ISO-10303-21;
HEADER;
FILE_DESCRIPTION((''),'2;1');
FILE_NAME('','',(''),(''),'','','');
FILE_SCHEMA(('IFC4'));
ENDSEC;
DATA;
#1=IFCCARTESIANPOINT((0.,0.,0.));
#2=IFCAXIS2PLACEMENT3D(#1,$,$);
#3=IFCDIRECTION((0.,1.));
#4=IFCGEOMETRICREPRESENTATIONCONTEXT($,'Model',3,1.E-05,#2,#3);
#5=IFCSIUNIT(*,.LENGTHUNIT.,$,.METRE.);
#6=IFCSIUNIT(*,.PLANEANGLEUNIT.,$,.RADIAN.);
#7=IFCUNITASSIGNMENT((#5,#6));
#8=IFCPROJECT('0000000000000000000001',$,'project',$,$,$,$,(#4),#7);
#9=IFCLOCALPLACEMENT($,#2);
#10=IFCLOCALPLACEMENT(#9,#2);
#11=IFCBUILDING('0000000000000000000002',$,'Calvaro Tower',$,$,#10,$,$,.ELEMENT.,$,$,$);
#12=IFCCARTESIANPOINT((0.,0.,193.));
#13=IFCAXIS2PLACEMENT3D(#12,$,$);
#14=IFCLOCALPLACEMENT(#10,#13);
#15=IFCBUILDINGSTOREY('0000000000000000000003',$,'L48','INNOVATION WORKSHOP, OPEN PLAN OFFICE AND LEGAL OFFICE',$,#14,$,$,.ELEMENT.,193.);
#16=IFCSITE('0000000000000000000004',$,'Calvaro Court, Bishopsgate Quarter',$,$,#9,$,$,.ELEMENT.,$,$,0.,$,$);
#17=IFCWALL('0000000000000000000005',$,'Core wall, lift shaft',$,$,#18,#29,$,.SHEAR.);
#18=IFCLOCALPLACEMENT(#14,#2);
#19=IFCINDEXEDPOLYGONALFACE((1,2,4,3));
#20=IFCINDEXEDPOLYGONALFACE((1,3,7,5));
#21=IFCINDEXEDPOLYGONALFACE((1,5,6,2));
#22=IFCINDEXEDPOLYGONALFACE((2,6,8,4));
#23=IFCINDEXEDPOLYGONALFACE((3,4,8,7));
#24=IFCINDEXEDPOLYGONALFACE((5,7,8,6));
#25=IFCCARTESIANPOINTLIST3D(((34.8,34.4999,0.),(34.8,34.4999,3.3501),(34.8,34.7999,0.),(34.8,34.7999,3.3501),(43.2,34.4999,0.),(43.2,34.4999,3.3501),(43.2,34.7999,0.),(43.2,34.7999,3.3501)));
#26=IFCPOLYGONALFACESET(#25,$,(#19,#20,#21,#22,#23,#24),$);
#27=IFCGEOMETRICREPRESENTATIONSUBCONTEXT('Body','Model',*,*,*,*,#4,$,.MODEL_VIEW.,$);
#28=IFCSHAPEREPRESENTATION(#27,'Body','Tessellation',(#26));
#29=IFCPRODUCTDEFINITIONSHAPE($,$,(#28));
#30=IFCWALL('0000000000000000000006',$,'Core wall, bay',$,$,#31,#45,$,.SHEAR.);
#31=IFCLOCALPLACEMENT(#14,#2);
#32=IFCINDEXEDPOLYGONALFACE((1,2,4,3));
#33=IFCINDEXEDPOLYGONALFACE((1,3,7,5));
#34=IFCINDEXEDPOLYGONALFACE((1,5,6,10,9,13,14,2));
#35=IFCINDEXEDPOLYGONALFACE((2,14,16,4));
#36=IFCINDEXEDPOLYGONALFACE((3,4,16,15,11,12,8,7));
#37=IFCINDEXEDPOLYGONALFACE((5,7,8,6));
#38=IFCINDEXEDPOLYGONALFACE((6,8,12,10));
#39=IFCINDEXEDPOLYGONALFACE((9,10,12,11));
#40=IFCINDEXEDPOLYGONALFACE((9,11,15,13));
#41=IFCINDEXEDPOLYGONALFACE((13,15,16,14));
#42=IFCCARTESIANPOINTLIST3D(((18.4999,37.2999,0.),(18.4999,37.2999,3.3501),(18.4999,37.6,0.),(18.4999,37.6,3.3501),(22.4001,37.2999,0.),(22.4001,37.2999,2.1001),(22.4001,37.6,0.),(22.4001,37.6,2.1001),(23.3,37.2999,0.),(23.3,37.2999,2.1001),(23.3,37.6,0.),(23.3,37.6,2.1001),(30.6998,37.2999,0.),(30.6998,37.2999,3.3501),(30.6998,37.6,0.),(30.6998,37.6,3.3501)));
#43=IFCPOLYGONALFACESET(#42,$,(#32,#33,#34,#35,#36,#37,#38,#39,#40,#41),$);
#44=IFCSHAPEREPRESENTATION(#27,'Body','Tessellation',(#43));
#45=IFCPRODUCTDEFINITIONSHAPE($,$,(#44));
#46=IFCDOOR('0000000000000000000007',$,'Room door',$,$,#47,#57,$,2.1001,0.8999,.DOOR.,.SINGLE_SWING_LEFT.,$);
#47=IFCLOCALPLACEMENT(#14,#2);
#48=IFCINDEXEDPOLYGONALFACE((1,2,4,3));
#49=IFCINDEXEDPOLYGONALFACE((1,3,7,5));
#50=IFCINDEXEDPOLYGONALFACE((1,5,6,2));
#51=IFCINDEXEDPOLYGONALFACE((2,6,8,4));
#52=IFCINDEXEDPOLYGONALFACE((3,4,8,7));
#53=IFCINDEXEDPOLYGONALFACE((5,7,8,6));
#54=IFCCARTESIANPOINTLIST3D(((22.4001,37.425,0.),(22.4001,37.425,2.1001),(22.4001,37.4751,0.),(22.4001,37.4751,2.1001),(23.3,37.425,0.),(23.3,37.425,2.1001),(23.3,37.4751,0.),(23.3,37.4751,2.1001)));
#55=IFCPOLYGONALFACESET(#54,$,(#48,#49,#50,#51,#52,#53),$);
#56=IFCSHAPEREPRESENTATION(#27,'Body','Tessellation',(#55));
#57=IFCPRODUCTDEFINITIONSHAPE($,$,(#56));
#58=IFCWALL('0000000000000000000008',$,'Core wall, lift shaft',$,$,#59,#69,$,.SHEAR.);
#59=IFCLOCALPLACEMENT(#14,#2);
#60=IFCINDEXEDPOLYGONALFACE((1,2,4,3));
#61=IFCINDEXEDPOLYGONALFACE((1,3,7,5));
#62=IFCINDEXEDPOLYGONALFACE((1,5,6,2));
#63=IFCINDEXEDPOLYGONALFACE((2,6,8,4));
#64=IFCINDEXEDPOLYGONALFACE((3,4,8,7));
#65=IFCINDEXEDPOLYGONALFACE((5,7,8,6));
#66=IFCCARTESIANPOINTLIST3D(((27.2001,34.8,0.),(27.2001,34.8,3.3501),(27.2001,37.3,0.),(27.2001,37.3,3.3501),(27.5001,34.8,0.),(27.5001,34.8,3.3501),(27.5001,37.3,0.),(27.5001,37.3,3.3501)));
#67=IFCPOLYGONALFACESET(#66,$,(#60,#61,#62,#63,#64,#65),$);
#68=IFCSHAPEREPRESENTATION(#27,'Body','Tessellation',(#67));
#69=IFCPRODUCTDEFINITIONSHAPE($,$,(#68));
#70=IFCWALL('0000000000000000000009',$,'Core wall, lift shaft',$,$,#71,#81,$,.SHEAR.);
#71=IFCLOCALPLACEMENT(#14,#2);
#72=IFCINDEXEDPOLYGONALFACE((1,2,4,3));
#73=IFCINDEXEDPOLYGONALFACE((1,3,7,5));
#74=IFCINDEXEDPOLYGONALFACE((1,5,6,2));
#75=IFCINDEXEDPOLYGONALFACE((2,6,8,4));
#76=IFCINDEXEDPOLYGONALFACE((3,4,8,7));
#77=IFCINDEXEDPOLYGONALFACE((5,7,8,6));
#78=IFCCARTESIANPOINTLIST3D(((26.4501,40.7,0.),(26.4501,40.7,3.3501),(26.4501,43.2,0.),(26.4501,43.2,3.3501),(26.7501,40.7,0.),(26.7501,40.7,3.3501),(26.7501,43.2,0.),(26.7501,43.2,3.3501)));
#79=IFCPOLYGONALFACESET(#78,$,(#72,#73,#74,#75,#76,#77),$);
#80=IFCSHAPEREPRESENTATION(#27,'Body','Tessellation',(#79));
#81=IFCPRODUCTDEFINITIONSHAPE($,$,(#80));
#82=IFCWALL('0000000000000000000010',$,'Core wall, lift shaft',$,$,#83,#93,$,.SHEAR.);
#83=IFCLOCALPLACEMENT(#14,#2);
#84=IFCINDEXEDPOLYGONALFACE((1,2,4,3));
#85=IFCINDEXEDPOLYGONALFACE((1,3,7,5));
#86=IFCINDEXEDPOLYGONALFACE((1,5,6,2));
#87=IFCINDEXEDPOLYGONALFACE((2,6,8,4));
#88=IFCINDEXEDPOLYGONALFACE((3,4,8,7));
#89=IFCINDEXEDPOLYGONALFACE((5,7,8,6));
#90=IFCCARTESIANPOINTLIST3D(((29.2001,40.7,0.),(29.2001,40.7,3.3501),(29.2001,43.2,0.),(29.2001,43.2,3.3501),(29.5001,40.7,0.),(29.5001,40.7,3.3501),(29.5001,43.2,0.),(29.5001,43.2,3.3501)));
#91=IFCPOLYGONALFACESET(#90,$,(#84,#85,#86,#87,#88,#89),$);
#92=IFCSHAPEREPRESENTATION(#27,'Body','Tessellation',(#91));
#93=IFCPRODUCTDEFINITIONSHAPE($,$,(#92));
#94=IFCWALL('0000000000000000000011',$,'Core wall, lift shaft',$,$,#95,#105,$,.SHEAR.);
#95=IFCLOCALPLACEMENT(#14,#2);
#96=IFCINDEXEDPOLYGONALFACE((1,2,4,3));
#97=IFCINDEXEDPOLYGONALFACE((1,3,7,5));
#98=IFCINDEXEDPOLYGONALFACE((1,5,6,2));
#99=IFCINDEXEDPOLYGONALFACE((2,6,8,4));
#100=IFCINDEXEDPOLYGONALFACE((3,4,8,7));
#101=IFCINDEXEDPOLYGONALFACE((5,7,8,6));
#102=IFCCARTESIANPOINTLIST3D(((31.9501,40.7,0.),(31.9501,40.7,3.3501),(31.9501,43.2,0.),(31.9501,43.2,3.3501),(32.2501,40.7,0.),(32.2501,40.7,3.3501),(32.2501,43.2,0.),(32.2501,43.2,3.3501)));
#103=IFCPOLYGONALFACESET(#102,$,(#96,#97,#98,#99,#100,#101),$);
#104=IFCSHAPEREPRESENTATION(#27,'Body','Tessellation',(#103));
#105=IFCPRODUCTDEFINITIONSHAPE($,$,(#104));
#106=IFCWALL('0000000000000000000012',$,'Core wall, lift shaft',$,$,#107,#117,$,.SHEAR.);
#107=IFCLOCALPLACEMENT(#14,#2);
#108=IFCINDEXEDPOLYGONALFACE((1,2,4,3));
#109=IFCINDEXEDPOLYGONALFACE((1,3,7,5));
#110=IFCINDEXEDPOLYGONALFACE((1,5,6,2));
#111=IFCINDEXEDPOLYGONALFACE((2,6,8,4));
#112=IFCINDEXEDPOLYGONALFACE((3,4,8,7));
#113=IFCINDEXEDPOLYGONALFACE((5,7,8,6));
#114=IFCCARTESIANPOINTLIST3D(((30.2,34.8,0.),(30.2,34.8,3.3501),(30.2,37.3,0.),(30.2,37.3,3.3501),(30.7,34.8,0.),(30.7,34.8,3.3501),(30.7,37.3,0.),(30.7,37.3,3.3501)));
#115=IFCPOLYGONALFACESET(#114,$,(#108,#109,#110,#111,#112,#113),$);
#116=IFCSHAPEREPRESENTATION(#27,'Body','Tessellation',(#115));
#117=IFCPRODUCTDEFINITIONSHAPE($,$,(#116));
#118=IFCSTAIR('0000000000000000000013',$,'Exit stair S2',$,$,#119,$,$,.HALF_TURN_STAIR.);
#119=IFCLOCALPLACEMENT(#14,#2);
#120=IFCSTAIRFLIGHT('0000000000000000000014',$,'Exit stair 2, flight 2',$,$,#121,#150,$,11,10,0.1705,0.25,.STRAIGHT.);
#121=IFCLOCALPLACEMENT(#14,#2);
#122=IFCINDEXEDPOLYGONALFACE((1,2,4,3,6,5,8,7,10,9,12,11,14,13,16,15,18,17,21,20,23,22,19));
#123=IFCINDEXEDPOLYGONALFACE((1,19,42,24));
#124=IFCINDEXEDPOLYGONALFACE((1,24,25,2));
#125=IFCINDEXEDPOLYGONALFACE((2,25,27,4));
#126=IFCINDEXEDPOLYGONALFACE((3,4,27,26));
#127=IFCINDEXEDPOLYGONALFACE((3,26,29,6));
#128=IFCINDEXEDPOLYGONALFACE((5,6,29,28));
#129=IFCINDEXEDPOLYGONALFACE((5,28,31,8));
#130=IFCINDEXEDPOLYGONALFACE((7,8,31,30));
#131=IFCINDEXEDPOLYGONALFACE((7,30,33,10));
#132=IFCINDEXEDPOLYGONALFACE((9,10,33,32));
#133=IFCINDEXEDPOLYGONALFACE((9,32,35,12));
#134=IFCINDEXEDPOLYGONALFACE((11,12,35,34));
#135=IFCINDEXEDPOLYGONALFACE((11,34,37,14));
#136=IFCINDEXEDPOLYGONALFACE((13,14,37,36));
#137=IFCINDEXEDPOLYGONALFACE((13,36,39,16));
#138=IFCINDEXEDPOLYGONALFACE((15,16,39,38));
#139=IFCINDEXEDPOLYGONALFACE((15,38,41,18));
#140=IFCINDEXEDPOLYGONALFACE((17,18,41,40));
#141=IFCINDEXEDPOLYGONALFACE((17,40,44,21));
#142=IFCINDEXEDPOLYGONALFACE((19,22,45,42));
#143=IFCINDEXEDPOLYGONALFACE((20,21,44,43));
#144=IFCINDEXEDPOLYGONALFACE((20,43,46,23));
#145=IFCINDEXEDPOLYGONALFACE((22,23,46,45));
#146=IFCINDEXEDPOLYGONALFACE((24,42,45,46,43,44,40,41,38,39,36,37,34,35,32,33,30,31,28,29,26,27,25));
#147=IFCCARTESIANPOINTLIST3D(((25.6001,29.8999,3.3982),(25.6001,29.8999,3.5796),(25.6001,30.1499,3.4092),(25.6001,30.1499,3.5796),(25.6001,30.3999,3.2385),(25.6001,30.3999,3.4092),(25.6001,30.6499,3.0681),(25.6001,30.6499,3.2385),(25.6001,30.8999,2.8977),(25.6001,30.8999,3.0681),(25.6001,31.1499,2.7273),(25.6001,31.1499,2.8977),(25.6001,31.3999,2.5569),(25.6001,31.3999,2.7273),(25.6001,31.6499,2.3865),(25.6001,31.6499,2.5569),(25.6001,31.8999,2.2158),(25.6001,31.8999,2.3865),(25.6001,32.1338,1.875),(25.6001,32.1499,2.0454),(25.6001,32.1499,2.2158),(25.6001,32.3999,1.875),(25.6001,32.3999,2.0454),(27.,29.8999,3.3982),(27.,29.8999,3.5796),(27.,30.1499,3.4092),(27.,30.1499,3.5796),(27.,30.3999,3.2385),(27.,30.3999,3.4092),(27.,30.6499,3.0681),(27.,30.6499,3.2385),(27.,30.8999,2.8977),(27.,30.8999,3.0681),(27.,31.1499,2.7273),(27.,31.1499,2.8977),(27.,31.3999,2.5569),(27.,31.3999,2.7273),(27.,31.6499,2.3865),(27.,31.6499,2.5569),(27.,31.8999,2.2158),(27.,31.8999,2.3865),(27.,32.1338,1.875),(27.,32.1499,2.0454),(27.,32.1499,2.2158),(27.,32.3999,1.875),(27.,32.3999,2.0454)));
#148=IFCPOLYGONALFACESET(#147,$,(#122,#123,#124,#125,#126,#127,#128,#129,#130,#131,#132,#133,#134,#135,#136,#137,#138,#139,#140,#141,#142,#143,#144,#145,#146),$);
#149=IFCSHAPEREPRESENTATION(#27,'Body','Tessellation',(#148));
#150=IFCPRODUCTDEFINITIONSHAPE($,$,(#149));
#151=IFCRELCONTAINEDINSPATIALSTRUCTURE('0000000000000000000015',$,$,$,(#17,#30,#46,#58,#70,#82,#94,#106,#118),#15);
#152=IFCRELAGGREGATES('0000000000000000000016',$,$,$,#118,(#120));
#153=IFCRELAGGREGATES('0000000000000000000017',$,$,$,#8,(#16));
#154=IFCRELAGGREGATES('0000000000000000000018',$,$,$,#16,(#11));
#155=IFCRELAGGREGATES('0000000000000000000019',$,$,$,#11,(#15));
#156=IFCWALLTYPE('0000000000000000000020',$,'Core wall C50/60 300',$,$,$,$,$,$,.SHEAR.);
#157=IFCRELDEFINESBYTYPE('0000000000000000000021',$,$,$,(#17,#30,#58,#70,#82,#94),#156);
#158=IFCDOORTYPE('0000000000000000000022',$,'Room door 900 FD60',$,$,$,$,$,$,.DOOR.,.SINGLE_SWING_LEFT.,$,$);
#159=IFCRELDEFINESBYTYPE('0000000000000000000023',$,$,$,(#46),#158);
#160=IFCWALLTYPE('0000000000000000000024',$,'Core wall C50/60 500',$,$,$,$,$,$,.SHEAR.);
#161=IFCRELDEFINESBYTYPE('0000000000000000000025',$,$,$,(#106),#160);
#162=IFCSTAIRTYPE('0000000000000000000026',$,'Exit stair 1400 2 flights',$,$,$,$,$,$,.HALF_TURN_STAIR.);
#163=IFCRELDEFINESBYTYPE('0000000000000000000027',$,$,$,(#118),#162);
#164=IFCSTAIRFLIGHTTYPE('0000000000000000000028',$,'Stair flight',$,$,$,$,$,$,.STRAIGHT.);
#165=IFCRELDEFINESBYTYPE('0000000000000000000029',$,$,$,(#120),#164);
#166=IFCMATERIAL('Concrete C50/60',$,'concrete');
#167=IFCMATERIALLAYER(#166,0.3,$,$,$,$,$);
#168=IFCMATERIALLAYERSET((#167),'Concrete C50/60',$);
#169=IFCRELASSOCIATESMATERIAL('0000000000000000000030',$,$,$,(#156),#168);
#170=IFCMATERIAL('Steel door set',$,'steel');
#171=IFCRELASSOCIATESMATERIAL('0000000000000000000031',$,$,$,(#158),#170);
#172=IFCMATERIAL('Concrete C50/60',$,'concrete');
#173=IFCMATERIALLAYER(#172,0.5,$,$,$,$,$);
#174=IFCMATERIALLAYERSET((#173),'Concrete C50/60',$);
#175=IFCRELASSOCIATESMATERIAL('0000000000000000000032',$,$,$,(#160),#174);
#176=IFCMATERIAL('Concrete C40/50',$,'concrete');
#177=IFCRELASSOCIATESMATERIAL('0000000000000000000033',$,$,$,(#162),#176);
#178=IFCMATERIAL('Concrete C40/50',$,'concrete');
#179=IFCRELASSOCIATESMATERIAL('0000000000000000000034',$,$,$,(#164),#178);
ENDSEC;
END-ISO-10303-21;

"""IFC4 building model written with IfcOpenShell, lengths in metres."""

from ifc_helpers import new_model, si_unit, direction, frame, frame_2d, origin, place, context, subcontext, project, spatial, polyline, rectangle, outline, extrude, material, layer, layer_set, type_object, element, fill, aggregate, save


model = new_model("IFC4")

# Units and contexts
model_context = context("Model", 3, precision=1e-05, world=origin(), true_north=direction((0.0, 1.0)))
body_context = subcontext(model_context, "Body", "Model", "MODEL_VIEW")
ifc_project = project(units=[si_unit("LENGTHUNIT", "METRE"), si_unit("PLANEANGLEUNIT", "RADIAN")], contexts=[model_context])

# Site, building, storey
site_placement = place(None, origin())
site = spatial("IfcSite", under=ifc_project, at=site_placement, Name="Calvaro Court, Bishopsgate Quarter", CompositionType="ELEMENT", RefElevation=0.0)
building_placement = place(site_placement, origin())
building = spatial("IfcBuilding", under=site, at=building_placement, Name="Calvaro Tower", CompositionType="ELEMENT")
storey_placement = place(building_placement, frame((0.0, 0.0, 193.0)))
storey = spatial("IfcBuildingStorey", under=building, at=storey_placement, Name="L48", Description="INNOVATION WORKSHOP, OPEN PLAN OFFICE AND LEGAL OFFICE", CompositionType="ELEMENT", Elevation=193.0)

# Wall
ifc_material_1 = material(Name="Concrete C50/60", Category="concrete")
ifc_layer_1 = layer(ifc_material_1, 0.3)
ifc_layer_set_1 = layer_set([ifc_layer_1], Name="Concrete C50/60")
wall_type_1 = type_object("IfcWallType", Name="Core wall C50/60 300", PredefinedType="SHEAR", material=ifc_layer_set_1)
wall_1_placement = place(storey_placement, frame((34.8, 34.6499, 0.0), z_axis=(0.0, 0.0, 1.0), x_axis=(1.0, 0.0, 0.0)))
element("IfcWall", 1, at=wall_1_placement, inside=storey, type_object=wall_type_1, Name="Core wall, lift shaft", PredefinedType="SHEAR", context=body_context, shape_type="SweptSolid", body=[
    extrude(rectangle(XDim=8.3999, YDim=0.3, at=frame_2d((4.2, 0.0))), origin(), (0.0, 0.0, 1.0), 3.3501),
])

# Wall, opening, door
wall_2_placement = place(storey_placement, frame((30.7, 37.45, 0.0), z_axis=(0.0, 0.0, 1.0), x_axis=(-1.0, 0.0, 0.0)))
wall_2 = element("IfcWall", 2, at=wall_2_placement, inside=storey, type_object=wall_type_1, Name="Core wall, bay", PredefinedType="SHEAR", context=body_context, shape_type="SweptSolid", body=[
    extrude(rectangle(XDim=12.2, YDim=0.3, at=frame_2d((6.1001, 0.0))), origin(), (0.0, 0.0, 1.0), 3.3501),
])
opening_placement = place(wall_2_placement, frame((7.3999, 0.0, 0.0)))
opening = element("IfcOpeningElement", 3, at=opening_placement, cuts=wall_2, PredefinedType="OPENING", context=body_context, shape_type="SweptSolid", body=[
    extrude(rectangle(XDim=0.8999, YDim=2.1001, at=frame_2d((0.45, 1.05))), frame((0.0, 0.1599, 0.0), z_axis=(0.0, -1.0, 0.0), x_axis=(1.0, 0.0, 0.0)), (0.0, 0.0, 1.0), 0.3201),
])
ifc_material_2 = material(Name="Steel door set", Category="steel")
door_type = type_object("IfcDoorType", Name="Room door 900 FD60", OperationType="SINGLE_SWING_LEFT", PredefinedType="DOOR", material=ifc_material_2)
door_placement = place(opening_placement, origin())
door = element("IfcDoor", 4, at=door_placement, inside=storey, type_object=door_type, Name="Room door", OperationType="SINGLE_SWING_LEFT", OverallHeight=2.1001, OverallWidth=0.8999, PredefinedType="DOOR", context=body_context, shape_type="SweptSolid", body=[
    extrude(rectangle(XDim=0.8999, YDim=2.1001, at=frame_2d((0.45, 1.05))), frame((0.0, 0.0249, 0.0), z_axis=(0.0, -1.0, 0.0), x_axis=(1.0, 0.0, 0.0)), (0.0, 0.0, 1.0), 0.05),
])
fill(opening, door)

# Walls
for number, where, z_axis, x_axis, name in (
    (5, (27.3501, 34.8, 0.0), (0.0, 0.0, 1.0), (0.0, 1.0, 0.0), "Core wall, lift shaft"),
    (6, (26.6001, 40.7, 0.0), (0.0, 0.0, 1.0), (0.0, 1.0, 0.0), "Core wall, lift shaft"),
    (7, (29.3501, 40.7, 0.0), (0.0, 0.0, 1.0), (0.0, 1.0, 0.0), "Core wall, lift shaft"),
    (8, (32.1001, 40.7, 0.0), (0.0, 0.0, 1.0), (0.0, 1.0, 0.0), "Core wall, lift shaft"),
):
    element("IfcWall", number, at=place(storey_placement, frame(where, z_axis=z_axis, x_axis=x_axis)), inside=storey, type_object=wall_type_1, Name=name, PredefinedType="SHEAR", context=body_context, shape_type="SweptSolid", body=[
        extrude(rectangle(XDim=2.5, YDim=0.3, at=frame_2d((1.25, 0.0))), origin(), (0.0, 0.0, 1.0), 3.3501),
    ])
ifc_material_3 = material(Name="Concrete C50/60", Category="concrete")
ifc_layer_2 = layer(ifc_material_3, 0.5)
ifc_layer_set_2 = layer_set([ifc_layer_2], Name="Concrete C50/60")
wall_type_2 = type_object("IfcWallType", Name="Core wall C50/60 500", PredefinedType="SHEAR", material=ifc_layer_set_2)
wall_3_placement = place(storey_placement, frame((30.45, 34.8, 0.0), z_axis=(0.0, 0.0, 1.0), x_axis=(0.0, 1.0, 0.0)))
element("IfcWall", 9, at=wall_3_placement, inside=storey, type_object=wall_type_2, Name="Core wall, lift shaft", PredefinedType="SHEAR", context=body_context, shape_type="SweptSolid", body=[
    extrude(rectangle(XDim=2.5, YDim=0.5, at=frame_2d((1.25, 0.0))), origin(), (0.0, 0.0, 1.0), 3.3501),
])

# Stair, stair flight
ifc_material_4 = material(Name="Concrete C40/50", Category="concrete")
stair_type = type_object("IfcStairType", Name="Exit stair 1400 2 flights", PredefinedType="HALF_TURN_STAIR", material=ifc_material_4)
stair_placement = place(storey_placement, origin())
stair = element("IfcStair", 10, at=stair_placement, inside=storey, type_object=stair_type, Name="Exit stair S2", PredefinedType="HALF_TURN_STAIR")
ifc_material_5 = material(Name="Concrete C40/50", Category="concrete")
stair_flight_type = type_object("IfcStairFlightType", Name="Stair flight", PredefinedType="STRAIGHT", material=ifc_material_5)
stair_flight_placement = place(storey_placement, frame((26.3, 32.3999, 1.875), z_axis=(0.0, 0.0, 1.0), x_axis=(0.0, -1.0, 0.0)))
stair_flight = element("IfcStairFlight", 11, at=stair_flight_placement, type_object=stair_flight_type, Name="Exit stair 2, flight 2", NumberOfRisers=11, NumberOfTreads=10, PredefinedType="STRAIGHT", RiserHeight=0.1705, TreadLength=0.25, context=body_context, shape_type="SweptSolid", body=[
    extrude(outline(polyline([(0.0, 0.0), (0.0, 0.1704), (0.25, 0.1704), (0.25, 0.3408), (0.5, 0.3408), (0.5, 0.5115), (0.75, 0.5115), (0.75, 0.6819), (1.0, 0.6819), (1.0, 0.8523), (1.25, 0.8523), (1.25, 1.0227), (1.5, 1.0227), (1.5, 1.1931), (1.75, 1.1931), (1.75, 1.3635), (2.0, 1.3635), (2.0, 1.5342), (2.25, 1.5342), (2.25, 1.7046), (2.5, 1.7046), (2.5, 1.875), (2.5, 1.5232), (0.2661, 0.0), (0.0, 0.0)])), frame((0.0, 0.7, 0.0), z_axis=(0.0, -1.0, 0.0), x_axis=(1.0, 0.0, 0.0)), (0.0, 0.0, 1.0), 1.3999),
])
aggregate(stair, [stair_flight])

save(model, "model.ifc")
